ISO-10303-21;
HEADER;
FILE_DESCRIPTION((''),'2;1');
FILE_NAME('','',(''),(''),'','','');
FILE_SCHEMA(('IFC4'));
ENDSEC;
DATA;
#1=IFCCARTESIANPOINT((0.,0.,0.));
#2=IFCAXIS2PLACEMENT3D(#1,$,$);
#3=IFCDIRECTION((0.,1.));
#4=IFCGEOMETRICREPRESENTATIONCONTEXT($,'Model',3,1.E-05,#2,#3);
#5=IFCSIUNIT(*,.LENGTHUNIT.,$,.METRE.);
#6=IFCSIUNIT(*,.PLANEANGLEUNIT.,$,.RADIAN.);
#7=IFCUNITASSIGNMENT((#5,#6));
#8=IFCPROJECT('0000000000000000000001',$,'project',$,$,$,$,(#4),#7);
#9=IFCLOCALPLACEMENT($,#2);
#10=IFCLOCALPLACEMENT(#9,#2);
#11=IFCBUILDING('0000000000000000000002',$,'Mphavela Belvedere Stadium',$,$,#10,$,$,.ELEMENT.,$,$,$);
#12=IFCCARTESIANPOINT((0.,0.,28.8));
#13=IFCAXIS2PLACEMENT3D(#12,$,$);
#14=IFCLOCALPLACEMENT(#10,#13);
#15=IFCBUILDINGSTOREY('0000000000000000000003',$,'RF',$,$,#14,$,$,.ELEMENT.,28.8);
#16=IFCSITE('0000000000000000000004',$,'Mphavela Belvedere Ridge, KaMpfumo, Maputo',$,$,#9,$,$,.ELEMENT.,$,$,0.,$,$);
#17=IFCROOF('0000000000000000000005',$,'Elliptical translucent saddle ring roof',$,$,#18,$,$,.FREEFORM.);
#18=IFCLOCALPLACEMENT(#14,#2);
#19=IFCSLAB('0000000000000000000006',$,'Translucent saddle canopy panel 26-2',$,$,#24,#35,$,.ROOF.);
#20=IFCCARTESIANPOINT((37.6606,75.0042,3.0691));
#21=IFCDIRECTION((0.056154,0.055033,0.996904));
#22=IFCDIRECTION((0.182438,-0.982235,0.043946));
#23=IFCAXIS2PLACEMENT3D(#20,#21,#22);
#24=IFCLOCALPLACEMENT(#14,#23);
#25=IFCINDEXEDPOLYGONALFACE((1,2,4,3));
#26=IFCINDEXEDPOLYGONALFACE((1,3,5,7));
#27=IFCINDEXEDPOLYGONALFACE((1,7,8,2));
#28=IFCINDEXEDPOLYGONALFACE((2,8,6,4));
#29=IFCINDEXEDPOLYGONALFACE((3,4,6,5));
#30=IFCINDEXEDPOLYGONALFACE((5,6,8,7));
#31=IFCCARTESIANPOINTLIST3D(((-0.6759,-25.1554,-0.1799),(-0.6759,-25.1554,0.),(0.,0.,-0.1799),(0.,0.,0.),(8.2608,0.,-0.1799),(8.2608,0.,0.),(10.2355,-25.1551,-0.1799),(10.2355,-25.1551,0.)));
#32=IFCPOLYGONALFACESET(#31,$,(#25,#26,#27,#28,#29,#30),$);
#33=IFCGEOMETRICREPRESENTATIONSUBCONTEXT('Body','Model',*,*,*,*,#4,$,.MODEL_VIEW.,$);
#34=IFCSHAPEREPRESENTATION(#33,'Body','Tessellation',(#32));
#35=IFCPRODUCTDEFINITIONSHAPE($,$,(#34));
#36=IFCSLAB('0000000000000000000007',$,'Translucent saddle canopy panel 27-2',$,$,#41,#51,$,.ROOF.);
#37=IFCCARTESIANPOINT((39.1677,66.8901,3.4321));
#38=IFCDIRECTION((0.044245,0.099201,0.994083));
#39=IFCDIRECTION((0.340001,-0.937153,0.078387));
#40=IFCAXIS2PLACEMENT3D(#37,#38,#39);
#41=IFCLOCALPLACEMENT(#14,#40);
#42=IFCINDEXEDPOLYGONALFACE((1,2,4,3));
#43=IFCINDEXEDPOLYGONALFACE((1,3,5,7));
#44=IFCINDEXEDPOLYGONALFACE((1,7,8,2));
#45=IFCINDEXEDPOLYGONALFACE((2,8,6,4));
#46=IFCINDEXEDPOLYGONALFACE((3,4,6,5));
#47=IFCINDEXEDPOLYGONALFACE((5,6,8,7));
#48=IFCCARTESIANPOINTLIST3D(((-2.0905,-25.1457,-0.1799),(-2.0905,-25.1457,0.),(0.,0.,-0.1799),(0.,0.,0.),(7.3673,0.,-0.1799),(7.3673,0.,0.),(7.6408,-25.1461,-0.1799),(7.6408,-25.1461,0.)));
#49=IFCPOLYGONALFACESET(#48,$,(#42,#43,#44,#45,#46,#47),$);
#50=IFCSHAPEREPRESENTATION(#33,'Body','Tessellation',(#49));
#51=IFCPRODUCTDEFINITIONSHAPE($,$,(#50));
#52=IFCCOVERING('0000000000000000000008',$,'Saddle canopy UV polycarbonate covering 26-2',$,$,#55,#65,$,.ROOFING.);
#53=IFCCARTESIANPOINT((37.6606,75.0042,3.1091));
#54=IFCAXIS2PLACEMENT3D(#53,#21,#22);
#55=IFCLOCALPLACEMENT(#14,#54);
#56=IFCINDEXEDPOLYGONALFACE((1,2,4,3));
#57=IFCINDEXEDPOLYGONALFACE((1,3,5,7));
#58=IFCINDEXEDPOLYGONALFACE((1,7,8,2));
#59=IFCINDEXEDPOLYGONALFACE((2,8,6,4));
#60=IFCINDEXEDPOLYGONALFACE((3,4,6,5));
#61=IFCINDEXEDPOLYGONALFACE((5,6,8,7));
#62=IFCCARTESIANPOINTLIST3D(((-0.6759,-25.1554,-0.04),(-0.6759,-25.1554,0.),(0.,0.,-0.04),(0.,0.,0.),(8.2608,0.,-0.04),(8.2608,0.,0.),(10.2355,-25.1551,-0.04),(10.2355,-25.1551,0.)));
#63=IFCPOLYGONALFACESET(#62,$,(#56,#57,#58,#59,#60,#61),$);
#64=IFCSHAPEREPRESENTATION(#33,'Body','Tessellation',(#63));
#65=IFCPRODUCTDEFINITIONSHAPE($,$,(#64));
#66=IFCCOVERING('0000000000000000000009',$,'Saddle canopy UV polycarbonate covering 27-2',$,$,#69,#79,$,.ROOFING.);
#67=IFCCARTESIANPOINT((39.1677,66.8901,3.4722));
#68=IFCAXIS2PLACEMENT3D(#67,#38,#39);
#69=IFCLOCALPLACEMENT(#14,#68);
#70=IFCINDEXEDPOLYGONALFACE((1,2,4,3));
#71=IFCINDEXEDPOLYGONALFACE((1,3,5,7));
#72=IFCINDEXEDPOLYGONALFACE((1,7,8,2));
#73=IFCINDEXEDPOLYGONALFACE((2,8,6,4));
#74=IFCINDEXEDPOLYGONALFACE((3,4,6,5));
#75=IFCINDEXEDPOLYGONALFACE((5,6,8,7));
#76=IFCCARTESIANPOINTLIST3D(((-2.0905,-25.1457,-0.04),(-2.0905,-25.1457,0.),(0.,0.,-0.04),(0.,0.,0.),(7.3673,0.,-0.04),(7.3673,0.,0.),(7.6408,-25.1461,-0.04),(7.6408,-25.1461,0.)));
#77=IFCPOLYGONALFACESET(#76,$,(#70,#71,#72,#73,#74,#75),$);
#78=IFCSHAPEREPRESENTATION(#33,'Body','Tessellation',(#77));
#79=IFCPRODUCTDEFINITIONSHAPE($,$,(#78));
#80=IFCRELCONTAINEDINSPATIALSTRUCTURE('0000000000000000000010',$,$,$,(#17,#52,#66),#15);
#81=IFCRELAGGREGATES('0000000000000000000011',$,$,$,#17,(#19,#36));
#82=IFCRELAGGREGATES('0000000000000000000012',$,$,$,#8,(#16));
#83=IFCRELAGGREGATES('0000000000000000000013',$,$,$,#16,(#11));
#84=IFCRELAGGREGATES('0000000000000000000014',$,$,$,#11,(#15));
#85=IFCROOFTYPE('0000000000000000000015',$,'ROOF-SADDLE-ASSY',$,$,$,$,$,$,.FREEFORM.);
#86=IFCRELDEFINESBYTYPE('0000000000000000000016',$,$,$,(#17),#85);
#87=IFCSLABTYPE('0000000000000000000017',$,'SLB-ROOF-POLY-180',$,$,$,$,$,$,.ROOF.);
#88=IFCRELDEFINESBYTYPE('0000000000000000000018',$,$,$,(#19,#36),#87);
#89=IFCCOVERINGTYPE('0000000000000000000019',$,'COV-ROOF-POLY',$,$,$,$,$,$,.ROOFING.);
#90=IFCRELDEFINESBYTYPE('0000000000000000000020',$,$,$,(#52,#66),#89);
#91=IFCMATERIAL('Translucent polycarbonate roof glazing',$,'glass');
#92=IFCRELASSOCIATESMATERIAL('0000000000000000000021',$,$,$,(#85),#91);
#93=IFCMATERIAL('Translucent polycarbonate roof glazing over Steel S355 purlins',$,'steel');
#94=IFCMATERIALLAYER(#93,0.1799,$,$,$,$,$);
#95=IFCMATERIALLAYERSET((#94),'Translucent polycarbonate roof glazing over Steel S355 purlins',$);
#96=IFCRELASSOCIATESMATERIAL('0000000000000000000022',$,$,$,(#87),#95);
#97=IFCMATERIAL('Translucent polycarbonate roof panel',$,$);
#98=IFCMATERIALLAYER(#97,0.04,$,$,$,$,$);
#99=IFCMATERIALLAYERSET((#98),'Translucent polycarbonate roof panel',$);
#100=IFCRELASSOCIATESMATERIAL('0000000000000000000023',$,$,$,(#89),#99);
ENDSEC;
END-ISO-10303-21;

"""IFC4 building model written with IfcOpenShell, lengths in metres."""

from ifc_helpers import new_model, si_unit, direction, frame, origin, place, context, subcontext, project, spatial, polyline, outline, extrude, material, layer, layer_set, type_object, element, aggregate, save


model = new_model("IFC4")

# Units and contexts
model_context = context("Model", 3, precision=1e-05, world=origin(), true_north=direction((0.0, 1.0)))
body_context = subcontext(model_context, "Body", "Model", "MODEL_VIEW")
ifc_project = project(units=[si_unit("LENGTHUNIT", "METRE"), si_unit("PLANEANGLEUNIT", "RADIAN")], contexts=[model_context])

# Site, building, storey
site_placement = place(None, origin())
site = spatial("IfcSite", under=ifc_project, at=site_placement, Name="Mphavela Belvedere Ridge, KaMpfumo, Maputo", CompositionType="ELEMENT", RefElevation=0.0)
building_placement = place(site_placement, origin())
building = spatial("IfcBuilding", under=site, at=building_placement, Name="Mphavela Belvedere Stadium", CompositionType="ELEMENT")
storey_placement = place(building_placement, frame((0.0, 0.0, 28.8)))
storey = spatial("IfcBuildingStorey", under=building, at=storey_placement, Name="RF", CompositionType="ELEMENT", Elevation=28.8)

# Roof, slabs
ifc_material_1 = material(Name="Translucent polycarbonate roof glazing", Category="glass")
roof_type = type_object("IfcRoofType", Name="ROOF-SADDLE-ASSY", PredefinedType="FREEFORM", material=ifc_material_1)
roof_placement = place(storey_placement, origin())
roof = element("IfcRoof", 1, at=roof_placement, inside=storey, type_object=roof_type, Name="Elliptical translucent saddle ring roof", PredefinedType="FREEFORM")
ifc_material_2 = material(Name="Translucent polycarbonate roof glazing over Steel S355 purlins", Category="steel")
ifc_layer_1 = layer(ifc_material_2, 0.1799)
ifc_layer_set_1 = layer_set([ifc_layer_1], Name="Translucent polycarbonate roof glazing over Steel S355 purlins")
slab_type = type_object("IfcSlabType", Name="SLB-ROOF-POLY-180", PredefinedType="ROOF", material=ifc_layer_set_1)
slab_1_placement = place(storey_placement, frame((37.6606, 75.0042, 3.0691), z_axis=(0.056154, 0.055033, 0.996904), x_axis=(0.182438, -0.982235, 0.043946)))
slab_1 = element("IfcSlab", 2, at=slab_1_placement, type_object=slab_type, Name="Translucent saddle canopy panel 26-2", PredefinedType="ROOF", context=body_context, shape_type="SweptSolid", body=[
    extrude(outline(polyline([(0.0, 0.0), (8.2608, 0.0), (10.2355, -25.1551), (-0.6759, -25.1554), (0.0, 0.0)])), origin(), (0.0, 0.0, -1.0), 0.1799),
])
slab_2_placement = place(storey_placement, frame((39.1677, 66.8901, 3.4321), z_axis=(0.044245, 0.099201, 0.994083), x_axis=(0.340001, -0.937153, 0.078387)))
slab_2 = element("IfcSlab", 3, at=slab_2_placement, type_object=slab_type, Name="Translucent saddle canopy panel 27-2", PredefinedType="ROOF", context=body_context, shape_type="SweptSolid", body=[
    extrude(outline(polyline([(0.0, 0.0), (7.3673, 0.0), (7.6408, -25.1461), (-2.0905, -25.1457), (0.0, 0.0)])), origin(), (0.0, 0.0, -1.0), 0.1799),
])
aggregate(roof, [slab_1, slab_2])

# Coverings
ifc_material_3 = material(Name="Translucent polycarbonate roof panel")
ifc_layer_2 = layer(ifc_material_3, 0.04)
ifc_layer_set_2 = layer_set([ifc_layer_2], Name="Translucent polycarbonate roof panel")
covering_type = type_object("IfcCoveringType", Name="COV-ROOF-POLY", PredefinedType="ROOFING", material=ifc_layer_set_2)
covering_1_placement = place(storey_placement, frame((37.6606, 75.0042, 3.1091), z_axis=(0.056154, 0.055033, 0.996904), x_axis=(0.182438, -0.982235, 0.043946)))
element("IfcCovering", 4, at=covering_1_placement, inside=storey, type_object=covering_type, Name="Saddle canopy UV polycarbonate covering 26-2", PredefinedType="ROOFING", context=body_context, shape_type="SweptSolid", body=[
    extrude(outline(polyline([(0.0, 0.0), (8.2608, 0.0), (10.2355, -25.1551), (-0.6759, -25.1554), (0.0, 0.0)])), origin(), (0.0, 0.0, -1.0), 0.04),
])
covering_2_placement = place(storey_placement, frame((39.1677, 66.8901, 3.4722), z_axis=(0.044245, 0.099201, 0.994083), x_axis=(0.340001, -0.937153, 0.078387)))
element("IfcCovering", 5, at=covering_2_placement, inside=storey, type_object=covering_type, Name="Saddle canopy UV polycarbonate covering 27-2", PredefinedType="ROOFING", context=body_context, shape_type="SweptSolid", body=[
    extrude(outline(polyline([(0.0, 0.0), (7.3673, 0.0), (7.6408, -25.1461), (-2.0905, -25.1457), (0.0, 0.0)])), origin(), (0.0, 0.0, -1.0), 0.04),
])

save(model, "model.ifc")
